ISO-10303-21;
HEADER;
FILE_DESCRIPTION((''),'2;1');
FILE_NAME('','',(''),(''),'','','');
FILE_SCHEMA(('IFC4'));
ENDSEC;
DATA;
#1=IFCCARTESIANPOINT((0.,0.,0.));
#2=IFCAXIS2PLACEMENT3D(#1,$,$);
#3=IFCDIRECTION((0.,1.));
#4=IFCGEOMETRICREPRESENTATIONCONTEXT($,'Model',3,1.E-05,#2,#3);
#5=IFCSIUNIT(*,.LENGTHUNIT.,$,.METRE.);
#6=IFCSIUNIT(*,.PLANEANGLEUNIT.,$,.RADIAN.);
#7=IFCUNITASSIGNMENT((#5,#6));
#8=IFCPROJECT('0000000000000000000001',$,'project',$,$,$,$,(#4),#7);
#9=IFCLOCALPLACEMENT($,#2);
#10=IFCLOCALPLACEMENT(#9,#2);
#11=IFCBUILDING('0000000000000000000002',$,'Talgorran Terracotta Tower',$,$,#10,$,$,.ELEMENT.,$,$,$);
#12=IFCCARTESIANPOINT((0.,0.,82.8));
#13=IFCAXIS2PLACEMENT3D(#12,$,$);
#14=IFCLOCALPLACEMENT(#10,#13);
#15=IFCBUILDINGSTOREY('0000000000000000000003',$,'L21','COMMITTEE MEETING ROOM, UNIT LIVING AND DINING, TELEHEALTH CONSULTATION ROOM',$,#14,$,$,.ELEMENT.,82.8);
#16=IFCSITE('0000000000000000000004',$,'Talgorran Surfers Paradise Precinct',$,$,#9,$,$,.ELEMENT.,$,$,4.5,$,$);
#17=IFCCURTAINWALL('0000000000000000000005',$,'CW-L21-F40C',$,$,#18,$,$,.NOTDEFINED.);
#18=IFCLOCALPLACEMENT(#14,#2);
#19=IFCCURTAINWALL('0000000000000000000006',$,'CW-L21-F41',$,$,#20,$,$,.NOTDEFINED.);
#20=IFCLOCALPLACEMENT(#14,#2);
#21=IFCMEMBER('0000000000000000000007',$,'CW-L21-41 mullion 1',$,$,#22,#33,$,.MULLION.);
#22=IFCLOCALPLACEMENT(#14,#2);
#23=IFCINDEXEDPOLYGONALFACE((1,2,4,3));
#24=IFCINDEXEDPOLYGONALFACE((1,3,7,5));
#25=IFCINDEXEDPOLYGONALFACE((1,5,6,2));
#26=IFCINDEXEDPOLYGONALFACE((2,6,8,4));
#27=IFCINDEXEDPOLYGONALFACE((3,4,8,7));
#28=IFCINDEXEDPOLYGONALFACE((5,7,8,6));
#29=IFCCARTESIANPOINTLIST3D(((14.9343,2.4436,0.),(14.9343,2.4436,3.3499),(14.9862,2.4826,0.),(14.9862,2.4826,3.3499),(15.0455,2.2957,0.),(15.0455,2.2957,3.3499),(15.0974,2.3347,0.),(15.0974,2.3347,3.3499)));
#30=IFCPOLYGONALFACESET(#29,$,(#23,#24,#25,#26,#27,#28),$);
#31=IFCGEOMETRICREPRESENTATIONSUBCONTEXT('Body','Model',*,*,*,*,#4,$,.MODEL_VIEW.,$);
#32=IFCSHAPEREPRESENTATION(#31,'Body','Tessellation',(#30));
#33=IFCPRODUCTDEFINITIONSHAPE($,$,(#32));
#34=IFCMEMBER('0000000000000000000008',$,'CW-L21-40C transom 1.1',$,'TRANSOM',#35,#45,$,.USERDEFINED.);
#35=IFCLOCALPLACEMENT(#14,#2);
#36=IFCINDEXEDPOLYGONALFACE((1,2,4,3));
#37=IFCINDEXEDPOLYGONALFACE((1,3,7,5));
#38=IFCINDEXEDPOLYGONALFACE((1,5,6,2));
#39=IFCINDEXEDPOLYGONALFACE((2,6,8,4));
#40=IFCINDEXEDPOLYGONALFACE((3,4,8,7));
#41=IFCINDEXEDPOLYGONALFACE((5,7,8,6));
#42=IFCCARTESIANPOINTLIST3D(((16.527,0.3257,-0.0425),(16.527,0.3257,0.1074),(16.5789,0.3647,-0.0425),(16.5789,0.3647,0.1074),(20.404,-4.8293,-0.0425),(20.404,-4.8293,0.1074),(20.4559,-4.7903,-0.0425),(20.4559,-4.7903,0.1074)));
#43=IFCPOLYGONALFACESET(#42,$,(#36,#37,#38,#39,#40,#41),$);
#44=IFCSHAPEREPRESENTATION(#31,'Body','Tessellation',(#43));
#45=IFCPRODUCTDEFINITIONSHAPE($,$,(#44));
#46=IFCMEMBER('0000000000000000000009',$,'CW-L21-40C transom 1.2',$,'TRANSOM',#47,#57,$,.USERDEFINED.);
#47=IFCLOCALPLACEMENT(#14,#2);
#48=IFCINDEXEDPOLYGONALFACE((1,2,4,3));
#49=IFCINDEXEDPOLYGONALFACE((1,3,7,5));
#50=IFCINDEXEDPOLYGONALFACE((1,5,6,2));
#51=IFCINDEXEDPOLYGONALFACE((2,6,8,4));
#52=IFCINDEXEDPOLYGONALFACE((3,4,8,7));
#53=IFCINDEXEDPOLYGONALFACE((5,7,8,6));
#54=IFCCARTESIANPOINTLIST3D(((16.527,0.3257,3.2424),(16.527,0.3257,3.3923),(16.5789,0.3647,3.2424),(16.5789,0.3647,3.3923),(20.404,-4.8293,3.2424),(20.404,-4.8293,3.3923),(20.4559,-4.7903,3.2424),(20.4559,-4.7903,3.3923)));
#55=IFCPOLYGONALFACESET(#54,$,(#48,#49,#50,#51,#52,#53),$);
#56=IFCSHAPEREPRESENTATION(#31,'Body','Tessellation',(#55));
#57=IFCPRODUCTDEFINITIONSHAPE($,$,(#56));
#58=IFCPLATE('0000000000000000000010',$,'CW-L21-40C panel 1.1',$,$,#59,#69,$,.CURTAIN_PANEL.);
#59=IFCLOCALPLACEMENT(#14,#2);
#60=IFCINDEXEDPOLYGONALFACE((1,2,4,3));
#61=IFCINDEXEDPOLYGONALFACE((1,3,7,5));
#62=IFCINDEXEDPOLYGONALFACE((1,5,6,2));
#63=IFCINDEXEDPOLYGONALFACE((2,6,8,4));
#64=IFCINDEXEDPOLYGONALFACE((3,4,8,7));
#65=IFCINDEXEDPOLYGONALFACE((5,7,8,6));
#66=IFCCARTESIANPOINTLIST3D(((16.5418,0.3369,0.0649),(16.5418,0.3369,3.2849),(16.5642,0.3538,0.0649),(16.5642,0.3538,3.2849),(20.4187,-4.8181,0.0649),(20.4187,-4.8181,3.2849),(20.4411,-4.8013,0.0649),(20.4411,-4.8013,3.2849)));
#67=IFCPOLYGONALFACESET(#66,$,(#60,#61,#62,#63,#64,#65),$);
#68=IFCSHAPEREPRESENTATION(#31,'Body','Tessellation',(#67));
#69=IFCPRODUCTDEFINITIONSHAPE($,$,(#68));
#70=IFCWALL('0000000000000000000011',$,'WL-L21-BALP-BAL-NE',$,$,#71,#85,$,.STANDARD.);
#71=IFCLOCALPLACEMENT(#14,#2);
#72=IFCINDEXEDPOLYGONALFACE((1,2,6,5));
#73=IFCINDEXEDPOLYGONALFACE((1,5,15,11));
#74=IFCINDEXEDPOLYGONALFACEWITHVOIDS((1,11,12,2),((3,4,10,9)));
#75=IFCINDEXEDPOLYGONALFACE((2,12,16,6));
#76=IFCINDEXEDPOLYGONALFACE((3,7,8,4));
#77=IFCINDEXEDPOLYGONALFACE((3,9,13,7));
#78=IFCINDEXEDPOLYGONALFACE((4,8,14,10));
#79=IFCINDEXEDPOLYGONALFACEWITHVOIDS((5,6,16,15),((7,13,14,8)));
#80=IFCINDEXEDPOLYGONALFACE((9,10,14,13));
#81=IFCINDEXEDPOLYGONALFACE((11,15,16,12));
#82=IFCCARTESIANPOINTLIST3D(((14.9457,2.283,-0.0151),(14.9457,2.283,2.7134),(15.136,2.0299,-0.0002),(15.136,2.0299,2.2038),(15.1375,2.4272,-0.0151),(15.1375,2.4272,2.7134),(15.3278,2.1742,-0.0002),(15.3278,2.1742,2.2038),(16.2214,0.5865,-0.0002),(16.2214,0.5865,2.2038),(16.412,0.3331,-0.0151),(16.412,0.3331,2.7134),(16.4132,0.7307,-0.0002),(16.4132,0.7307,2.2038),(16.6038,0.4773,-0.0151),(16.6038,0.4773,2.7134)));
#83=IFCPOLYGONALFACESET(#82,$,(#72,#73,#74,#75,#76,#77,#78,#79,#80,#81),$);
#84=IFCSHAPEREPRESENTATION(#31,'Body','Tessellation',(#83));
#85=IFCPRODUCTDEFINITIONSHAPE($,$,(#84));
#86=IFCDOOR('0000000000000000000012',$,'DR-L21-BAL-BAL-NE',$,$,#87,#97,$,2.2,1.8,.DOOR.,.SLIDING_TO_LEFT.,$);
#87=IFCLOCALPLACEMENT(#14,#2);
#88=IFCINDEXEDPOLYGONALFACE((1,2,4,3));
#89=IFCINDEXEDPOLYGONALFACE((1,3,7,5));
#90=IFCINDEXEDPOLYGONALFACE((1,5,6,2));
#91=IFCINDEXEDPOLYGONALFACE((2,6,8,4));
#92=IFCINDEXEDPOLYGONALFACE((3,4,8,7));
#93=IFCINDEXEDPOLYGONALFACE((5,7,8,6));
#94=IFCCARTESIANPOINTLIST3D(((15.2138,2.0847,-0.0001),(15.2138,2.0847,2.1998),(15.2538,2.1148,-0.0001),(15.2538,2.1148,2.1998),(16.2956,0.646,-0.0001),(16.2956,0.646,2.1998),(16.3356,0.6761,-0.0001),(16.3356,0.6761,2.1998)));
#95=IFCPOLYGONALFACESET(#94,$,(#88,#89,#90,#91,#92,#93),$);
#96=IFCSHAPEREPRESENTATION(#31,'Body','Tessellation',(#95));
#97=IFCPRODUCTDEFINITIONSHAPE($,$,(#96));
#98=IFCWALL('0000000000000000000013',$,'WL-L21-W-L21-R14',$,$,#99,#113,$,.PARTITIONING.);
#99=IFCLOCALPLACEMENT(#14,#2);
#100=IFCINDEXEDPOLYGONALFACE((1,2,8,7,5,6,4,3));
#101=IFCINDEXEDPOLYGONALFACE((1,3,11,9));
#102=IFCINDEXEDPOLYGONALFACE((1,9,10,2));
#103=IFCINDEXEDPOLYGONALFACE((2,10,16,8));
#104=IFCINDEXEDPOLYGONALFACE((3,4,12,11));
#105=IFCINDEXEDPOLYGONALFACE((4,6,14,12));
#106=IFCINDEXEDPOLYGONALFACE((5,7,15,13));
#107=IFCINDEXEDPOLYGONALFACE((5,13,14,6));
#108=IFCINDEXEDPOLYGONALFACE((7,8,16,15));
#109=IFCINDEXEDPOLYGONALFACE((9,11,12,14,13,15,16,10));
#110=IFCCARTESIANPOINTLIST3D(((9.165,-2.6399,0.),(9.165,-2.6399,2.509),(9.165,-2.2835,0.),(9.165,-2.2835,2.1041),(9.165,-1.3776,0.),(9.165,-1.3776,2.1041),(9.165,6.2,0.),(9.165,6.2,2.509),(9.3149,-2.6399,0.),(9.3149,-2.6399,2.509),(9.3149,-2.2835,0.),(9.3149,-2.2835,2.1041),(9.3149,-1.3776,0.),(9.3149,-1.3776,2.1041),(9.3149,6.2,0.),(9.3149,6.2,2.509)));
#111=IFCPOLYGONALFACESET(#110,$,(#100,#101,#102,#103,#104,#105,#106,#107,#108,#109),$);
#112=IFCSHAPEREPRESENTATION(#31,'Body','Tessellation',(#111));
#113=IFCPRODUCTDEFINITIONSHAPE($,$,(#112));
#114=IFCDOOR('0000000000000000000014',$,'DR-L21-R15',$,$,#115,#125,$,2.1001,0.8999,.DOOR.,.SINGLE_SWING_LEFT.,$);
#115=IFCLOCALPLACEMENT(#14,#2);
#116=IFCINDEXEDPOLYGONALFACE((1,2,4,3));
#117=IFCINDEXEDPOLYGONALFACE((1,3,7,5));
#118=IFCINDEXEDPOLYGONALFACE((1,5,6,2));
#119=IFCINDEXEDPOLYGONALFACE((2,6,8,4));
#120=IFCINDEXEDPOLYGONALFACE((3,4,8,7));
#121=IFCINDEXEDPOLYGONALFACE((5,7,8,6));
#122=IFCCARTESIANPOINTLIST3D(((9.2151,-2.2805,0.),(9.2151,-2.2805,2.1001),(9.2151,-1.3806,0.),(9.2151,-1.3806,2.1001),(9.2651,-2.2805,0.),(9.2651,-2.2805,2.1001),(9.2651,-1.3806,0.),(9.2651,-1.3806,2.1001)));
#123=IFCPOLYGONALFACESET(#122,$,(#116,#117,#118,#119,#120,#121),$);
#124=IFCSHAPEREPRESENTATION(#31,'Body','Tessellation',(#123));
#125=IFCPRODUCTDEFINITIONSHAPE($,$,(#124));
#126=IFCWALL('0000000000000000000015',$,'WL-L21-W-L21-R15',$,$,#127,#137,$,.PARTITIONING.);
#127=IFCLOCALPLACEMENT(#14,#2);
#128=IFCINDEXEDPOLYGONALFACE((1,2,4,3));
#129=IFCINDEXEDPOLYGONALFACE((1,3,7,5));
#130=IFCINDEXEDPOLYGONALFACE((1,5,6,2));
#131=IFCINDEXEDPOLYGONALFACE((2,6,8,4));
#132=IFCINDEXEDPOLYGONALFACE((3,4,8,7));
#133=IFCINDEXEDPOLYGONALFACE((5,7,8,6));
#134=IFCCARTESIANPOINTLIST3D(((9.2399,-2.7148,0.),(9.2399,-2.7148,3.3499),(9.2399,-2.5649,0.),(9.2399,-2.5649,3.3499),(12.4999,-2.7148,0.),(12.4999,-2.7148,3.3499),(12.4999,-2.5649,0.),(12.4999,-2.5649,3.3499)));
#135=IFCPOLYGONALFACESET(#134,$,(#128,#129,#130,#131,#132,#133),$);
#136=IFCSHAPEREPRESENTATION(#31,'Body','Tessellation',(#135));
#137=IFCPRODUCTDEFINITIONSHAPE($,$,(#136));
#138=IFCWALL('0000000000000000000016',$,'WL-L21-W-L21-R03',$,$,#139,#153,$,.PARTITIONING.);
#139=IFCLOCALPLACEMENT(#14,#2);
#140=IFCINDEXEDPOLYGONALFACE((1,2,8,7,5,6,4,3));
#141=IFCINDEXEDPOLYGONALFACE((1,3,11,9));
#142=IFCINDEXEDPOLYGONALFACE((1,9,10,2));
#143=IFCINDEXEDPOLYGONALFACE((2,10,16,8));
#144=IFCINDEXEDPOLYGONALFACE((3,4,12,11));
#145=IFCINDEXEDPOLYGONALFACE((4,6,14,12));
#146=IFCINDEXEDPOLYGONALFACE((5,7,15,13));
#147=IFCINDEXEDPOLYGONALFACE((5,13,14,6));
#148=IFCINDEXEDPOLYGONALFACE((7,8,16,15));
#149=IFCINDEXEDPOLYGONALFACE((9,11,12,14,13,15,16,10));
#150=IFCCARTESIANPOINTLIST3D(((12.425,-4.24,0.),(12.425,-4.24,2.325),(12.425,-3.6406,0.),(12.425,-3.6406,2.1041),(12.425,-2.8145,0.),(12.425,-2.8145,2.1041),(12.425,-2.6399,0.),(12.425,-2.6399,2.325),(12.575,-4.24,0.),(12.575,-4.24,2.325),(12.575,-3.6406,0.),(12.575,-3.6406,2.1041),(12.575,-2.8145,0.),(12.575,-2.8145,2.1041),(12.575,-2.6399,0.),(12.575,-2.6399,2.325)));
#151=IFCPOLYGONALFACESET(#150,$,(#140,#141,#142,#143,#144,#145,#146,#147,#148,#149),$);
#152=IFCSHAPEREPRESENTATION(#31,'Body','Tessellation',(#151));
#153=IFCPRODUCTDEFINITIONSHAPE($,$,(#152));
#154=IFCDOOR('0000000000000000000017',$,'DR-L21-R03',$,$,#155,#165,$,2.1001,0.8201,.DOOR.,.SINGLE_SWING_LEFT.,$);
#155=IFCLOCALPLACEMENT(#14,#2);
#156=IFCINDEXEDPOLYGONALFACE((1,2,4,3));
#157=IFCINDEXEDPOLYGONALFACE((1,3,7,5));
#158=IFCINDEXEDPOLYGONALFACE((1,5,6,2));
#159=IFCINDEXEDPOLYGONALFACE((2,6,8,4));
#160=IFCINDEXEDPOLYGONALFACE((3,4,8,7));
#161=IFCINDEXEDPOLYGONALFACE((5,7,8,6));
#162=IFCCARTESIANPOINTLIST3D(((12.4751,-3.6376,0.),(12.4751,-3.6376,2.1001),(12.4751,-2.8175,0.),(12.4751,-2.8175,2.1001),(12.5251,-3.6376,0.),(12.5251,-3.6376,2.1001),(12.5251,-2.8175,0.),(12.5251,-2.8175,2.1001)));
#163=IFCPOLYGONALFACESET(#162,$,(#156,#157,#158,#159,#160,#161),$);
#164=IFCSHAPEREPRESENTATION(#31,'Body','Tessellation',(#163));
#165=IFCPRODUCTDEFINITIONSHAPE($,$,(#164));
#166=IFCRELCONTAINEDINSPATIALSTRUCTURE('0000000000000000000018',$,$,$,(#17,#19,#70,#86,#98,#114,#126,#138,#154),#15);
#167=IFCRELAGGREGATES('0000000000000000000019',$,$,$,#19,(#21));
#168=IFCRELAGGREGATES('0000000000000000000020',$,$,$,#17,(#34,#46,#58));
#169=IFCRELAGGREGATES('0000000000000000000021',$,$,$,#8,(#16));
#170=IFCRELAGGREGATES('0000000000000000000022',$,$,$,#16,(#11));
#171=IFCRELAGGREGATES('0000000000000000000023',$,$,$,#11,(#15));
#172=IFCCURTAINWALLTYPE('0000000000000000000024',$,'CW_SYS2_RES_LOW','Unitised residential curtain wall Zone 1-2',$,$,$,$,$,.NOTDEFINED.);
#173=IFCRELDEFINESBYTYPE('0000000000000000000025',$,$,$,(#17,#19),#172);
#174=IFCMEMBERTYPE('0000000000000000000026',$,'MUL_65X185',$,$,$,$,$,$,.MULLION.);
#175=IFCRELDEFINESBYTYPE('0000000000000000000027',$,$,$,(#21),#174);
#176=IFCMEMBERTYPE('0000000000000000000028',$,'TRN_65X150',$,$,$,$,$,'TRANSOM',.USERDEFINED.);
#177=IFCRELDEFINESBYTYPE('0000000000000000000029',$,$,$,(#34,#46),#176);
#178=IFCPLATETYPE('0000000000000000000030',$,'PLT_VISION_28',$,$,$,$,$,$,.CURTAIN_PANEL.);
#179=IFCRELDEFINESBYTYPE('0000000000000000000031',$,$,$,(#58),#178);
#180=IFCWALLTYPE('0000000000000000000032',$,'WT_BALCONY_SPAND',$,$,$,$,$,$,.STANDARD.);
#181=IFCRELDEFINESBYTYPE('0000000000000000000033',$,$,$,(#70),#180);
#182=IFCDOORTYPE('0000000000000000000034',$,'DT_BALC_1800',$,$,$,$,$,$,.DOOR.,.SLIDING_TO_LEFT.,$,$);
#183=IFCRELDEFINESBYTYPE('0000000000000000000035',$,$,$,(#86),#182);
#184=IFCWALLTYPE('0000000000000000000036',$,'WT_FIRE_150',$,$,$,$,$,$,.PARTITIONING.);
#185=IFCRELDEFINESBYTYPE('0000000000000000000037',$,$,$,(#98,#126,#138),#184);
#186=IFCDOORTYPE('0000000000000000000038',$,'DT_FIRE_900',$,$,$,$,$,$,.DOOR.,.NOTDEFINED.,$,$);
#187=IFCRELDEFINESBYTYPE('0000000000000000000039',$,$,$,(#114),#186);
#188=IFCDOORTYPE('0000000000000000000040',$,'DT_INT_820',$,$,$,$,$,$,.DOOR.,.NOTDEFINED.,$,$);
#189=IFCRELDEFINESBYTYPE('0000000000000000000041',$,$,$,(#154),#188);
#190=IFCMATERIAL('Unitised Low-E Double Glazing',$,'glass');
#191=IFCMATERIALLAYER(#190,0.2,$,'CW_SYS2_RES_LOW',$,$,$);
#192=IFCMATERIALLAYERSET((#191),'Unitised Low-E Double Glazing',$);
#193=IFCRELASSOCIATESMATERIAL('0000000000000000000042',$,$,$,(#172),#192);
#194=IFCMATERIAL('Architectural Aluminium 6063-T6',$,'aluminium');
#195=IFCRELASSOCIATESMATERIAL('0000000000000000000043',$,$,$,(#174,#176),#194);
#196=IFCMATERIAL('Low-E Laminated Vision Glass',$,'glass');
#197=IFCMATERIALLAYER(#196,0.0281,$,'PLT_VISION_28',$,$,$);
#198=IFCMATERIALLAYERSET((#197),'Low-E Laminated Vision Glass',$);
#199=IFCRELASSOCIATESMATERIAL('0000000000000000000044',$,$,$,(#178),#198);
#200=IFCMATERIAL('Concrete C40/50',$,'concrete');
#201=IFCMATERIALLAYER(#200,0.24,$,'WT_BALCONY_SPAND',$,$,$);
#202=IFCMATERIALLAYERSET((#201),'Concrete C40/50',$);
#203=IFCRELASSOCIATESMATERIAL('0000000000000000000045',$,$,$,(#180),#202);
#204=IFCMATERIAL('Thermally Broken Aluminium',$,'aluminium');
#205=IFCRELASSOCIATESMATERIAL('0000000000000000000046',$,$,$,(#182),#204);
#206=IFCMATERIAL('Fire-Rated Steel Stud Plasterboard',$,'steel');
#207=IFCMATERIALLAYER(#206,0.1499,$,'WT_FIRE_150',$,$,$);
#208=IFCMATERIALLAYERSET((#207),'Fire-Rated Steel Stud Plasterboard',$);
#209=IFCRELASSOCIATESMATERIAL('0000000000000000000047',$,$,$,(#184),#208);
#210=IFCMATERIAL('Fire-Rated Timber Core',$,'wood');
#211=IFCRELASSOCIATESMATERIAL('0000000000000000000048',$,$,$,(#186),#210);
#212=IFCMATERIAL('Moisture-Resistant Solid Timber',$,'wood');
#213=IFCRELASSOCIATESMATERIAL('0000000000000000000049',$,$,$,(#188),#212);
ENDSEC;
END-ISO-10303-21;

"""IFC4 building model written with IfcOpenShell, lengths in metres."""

from ifc_helpers import new_model, si_unit, direction, frame, frame_2d, origin, origin_2d, place, context, subcontext, project, spatial, rectangle, extrude, source, transform, mapped, material, layer, layer_set, material_profile, profile_set, type_object, type_shapes, element, fill, aggregate, save


model = new_model("IFC4")

# Units and contexts
model_context = context("Model", 3, precision=1e-05, world=origin(), true_north=direction((0.0, 1.0)))
body_context = subcontext(model_context, "Body", "Model", "MODEL_VIEW")
ifc_project = project(units=[si_unit("LENGTHUNIT", "METRE"), si_unit("PLANEANGLEUNIT", "RADIAN")], contexts=[model_context])

# Site, building, storey
site_placement = place(None, origin())
site = spatial("IfcSite", under=ifc_project, at=site_placement, Name="Talgorran Surfers Paradise Precinct", CompositionType="ELEMENT", RefElevation=4.5)
building_placement = place(site_placement, origin())
building = spatial("IfcBuilding", under=site, at=building_placement, Name="Talgorran Terracotta Tower", CompositionType="ELEMENT")
storey_placement = place(building_placement, frame((0.0, 0.0, 82.8)))
storey = spatial("IfcBuildingStorey", under=building, at=storey_placement, Name="L21", Description="COMMITTEE MEETING ROOM, UNIT LIVING AND DINING, TELEHEALTH CONSULTATION ROOM", CompositionType="ELEMENT", Elevation=82.8)

# Shared definitions
ifc_material_1 = material(Name="Unitised Low-E Double Glazing", Category="glass")
ifc_layer_1 = layer(ifc_material_1, 0.2, Name="CW_SYS2_RES_LOW")
ifc_layer_set_1 = layer_set([ifc_layer_1], Name="Unitised Low-E Double Glazing")
curtain_wall_type = type_object("IfcCurtainWallType", Name="CW_SYS2_RES_LOW", Description="Unitised residential curtain wall Zone 1-2", PredefinedType="NOTDEFINED", material=ifc_layer_set_1)
ifc_material_2 = material(Name="Architectural Aluminium 6063-T6", Category="aluminium")
ifc_material_profile_1 = material_profile(ifc_material_2, rectangle(XDim=0.0649, YDim=0.1851, at=origin_2d()), Name="CWM65X185")
ifc_profile_set_1 = profile_set([ifc_material_profile_1], Name="Architectural Aluminium 6063-T6")
member_type_1 = type_object("IfcMemberType", Name="MUL_65X185", PredefinedType="MULLION", material=ifc_profile_set_1)

# Curtain wall
curtain_wall_1_placement = place(storey_placement, origin())
curtain_wall_1 = element("IfcCurtainWall", 1, at=curtain_wall_1_placement, inside=storey, type_object=curtain_wall_type, Name="CW-L21-F40C", PredefinedType="NOTDEFINED")

# Curtain wall, member
curtain_wall_2_placement = place(storey_placement, origin())
curtain_wall_2 = element("IfcCurtainWall", 2, at=curtain_wall_2_placement, inside=storey, type_object=curtain_wall_type, Name="CW-L21-F41", PredefinedType="NOTDEFINED")
member_1_placement = place(storey_placement, frame((15.0159, 2.3892, 0.0), z_axis=(0.0, 0.0, 1.0), x_axis=(-0.799213, -0.601048, 0.0)))
member_1 = element("IfcMember", 3, at=member_1_placement, type_object=member_type_1, Name="CW-L21-41 mullion 1", PredefinedType="MULLION", context=body_context, shape_type="SweptSolid", body=[
    extrude(rectangle(XDim=0.0649, YDim=0.1851, at=origin_2d()), origin(), (0.0, 0.0, 1.0), 3.3499),
])
aggregate(curtain_wall_2, [member_1])

# Members
ifc_material_profile_2 = material_profile(ifc_material_2, rectangle(XDim=0.0649, YDim=0.1499, at=origin_2d()), Name="CWT65X150")
ifc_profile_set_2 = profile_set([ifc_material_profile_2], Name="Architectural Aluminium 6063-T6")
member_type_2 = type_object("IfcMemberType", Name="TRN_65X150", ElementType="TRANSOM", PredefinedType="USERDEFINED", material=ifc_profile_set_2)
member_2_placement = place(storey_placement, frame((20.4299, -4.8098, 0.0325), z_axis=(-0.601059, 0.799204, 0.0), x_axis=(-0.799204, -0.601059, 0.0)))
member_2 = element("IfcMember", 4, at=member_2_placement, type_object=member_type_2, Name="CW-L21-40C transom 1.1", ObjectType="TRANSOM", PredefinedType="USERDEFINED", context=body_context, shape_type="SweptSolid", body=[
    extrude(rectangle(XDim=0.0649, YDim=0.1499, at=origin_2d()), origin(), (0.0, 0.0, 1.0), 6.4502),
])
member_3_placement = place(storey_placement, frame((20.4299, -4.8098, 3.3174), z_axis=(-0.601059, 0.799204, 0.0), x_axis=(-0.799204, -0.601059, 0.0)))
member_3 = element("IfcMember", 5, at=member_3_placement, type_object=member_type_2, Name="CW-L21-40C transom 1.2", ObjectType="TRANSOM", PredefinedType="USERDEFINED", context=body_context, shape_type="SweptSolid", body=[
    extrude(rectangle(XDim=0.0649, YDim=0.1499, at=origin_2d()), origin(), (0.0, 0.0, 1.0), 6.4502),
])

# Plate
ifc_material_3 = material(Name="Low-E Laminated Vision Glass", Category="glass")
ifc_layer_2 = layer(ifc_material_3, 0.0281, Name="PLT_VISION_28")
ifc_layer_set_2 = layer_set([ifc_layer_2], Name="Low-E Laminated Vision Glass")
plate_type = type_object("IfcPlateType", Name="PLT_VISION_28", PredefinedType="CURTAIN_PANEL", material=ifc_layer_set_2)
shared_shape = source(origin(), body_context, "Body", "SweptSolid", [
    extrude(rectangle(XDim=6.4502, YDim=0.0281, at=origin_2d()), origin(), (0.0, 0.0, 1.0), 3.22),
])
type_shapes(plate_type, [shared_shape])
plate_placement = place(storey_placement, frame((18.4915, -2.2322, 0.0649), z_axis=(0.0, 0.0, 1.0), x_axis=(-0.601052, 0.79921, 0.0)))
plate = element("IfcPlate", 6, at=plate_placement, type_object=plate_type, Name="CW-L21-40C panel 1.1", PredefinedType="CURTAIN_PANEL", context=body_context, shape_type="MappedRepresentation", body=[
    mapped(shared_shape, transform((0.0, 0.0, 0.0), scale=1.0)),
])
aggregate(curtain_wall_1, [member_2, member_3, plate])

# Walls, openings, doors
ifc_material_4 = material(Name="Concrete C40/50", Category="concrete")
ifc_layer_3 = layer(ifc_material_4, 0.24, Name="WT_BALCONY_SPAND")
ifc_layer_set_3 = layer_set([ifc_layer_3], Name="Concrete C40/50")
wall_type_1 = type_object("IfcWallType", Name="WT_BALCONY_SPAND", PredefinedType="STANDARD", material=ifc_layer_set_3)
wall_1_placement = place(storey_placement, frame((16.5078, 0.4053, -0.0151), z_axis=(0.0, 0.0, 1.0), x_axis=(-0.601008, 0.799243, 0.0)))
wall_1 = element("IfcWall", 7, at=wall_1_placement, inside=storey, type_object=wall_type_1, Name="WL-L21-BALP-BAL-NE", PredefinedType="STANDARD", context=body_context, shape_type="SweptSolid", body=[
    extrude(rectangle(XDim=2.4397, YDim=0.24, at=frame_2d((1.2197, 0.0))), origin(), (0.0, 0.0, 1.0), 2.7285),
])
opening_1_placement = place(wall_1_placement, frame((0.3201, 0.0, 0.0149)))
opening_1 = element("IfcOpeningElement", 8, at=opening_1_placement, cuts=wall_1, PredefinedType="OPENING", context=body_context, shape_type="SweptSolid", body=[
    extrude(rectangle(XDim=1.806, YDim=2.204, at=frame_2d((0.8999, 1.1021))), frame((0.0, 0.1299, 0.0), z_axis=(0.0, -1.0, 0.0), x_axis=(1.0, 0.0, 0.0)), (0.0, 0.0, 1.0), 0.26),
])
ifc_material_5 = material(Name="Thermally Broken Aluminium", Category="aluminium")
door_type_1 = type_object("IfcDoorType", Name="DT_BALC_1800", OperationType="SLIDING_TO_LEFT", PredefinedType="DOOR", material=ifc_material_5)
door_1_placement = place(opening_1_placement, origin())
door_1 = element("IfcDoor", 9, at=door_1_placement, inside=storey, type_object=door_type_1, Name="DR-L21-BAL-BAL-NE", OperationType="SLIDING_TO_LEFT", OverallHeight=2.2, OverallWidth=1.8, PredefinedType="DOOR", context=body_context, shape_type="SweptSolid", body=[
    extrude(rectangle(XDim=1.8, YDim=2.2, at=frame_2d((0.8999, 1.1001))), frame((0.0, 0.0249, 0.0), z_axis=(0.0, -1.0, 0.0), x_axis=(1.0, 0.0, 0.0)), (0.0, 0.0, 1.0), 0.05),
])
fill(opening_1, door_1)
ifc_material_6 = material(Name="Fire-Rated Steel Stud Plasterboard", Category="steel")
ifc_layer_4 = layer(ifc_material_6, 0.1499, Name="WT_FIRE_150")
ifc_layer_set_4 = layer_set([ifc_layer_4], Name="Fire-Rated Steel Stud Plasterboard")
wall_type_2 = type_object("IfcWallType", Name="WT_FIRE_150", PredefinedType="PARTITIONING", material=ifc_layer_set_4)
wall_2_placement = place(storey_placement, frame((9.24, -2.6399, 0.0), z_axis=(0.0, 0.0, 1.0), x_axis=(0.0, 1.0, 0.0)))
wall_2 = element("IfcWall", 10, at=wall_2_placement, inside=storey, type_object=wall_type_2, Name="WL-L21-W-L21-R14", PredefinedType="PARTITIONING", context=body_context, shape_type="SweptSolid", body=[
    extrude(rectangle(XDim=8.8398, YDim=0.1499, at=frame_2d((4.4199, 0.0))), origin(), (0.0, 0.0, 1.0), 2.509),
])
opening_2_placement = place(wall_2_placement, frame((0.3594, 0.0, 0.0)))
opening_2 = element("IfcOpeningElement", 11, at=opening_2_placement, cuts=wall_2, PredefinedType="OPENING", context=body_context, shape_type="SweptSolid", body=[
    extrude(rectangle(XDim=0.9059, YDim=2.1041, at=frame_2d((0.45, 1.052))), frame((0.0, 0.085, 0.0), z_axis=(0.0, -1.0, 0.0), x_axis=(1.0, 0.0, 0.0)), (0.0, 0.0, 1.0), 0.1699),
])
ifc_material_7 = material(Name="Fire-Rated Timber Core", Category="wood")
door_type_2 = type_object("IfcDoorType", Name="DT_FIRE_900", OperationType="NOTDEFINED", PredefinedType="DOOR", material=ifc_material_7)
door_2_placement = place(opening_2_placement, origin())
door_2 = element("IfcDoor", 12, at=door_2_placement, inside=storey, type_object=door_type_2, Name="DR-L21-R15", OperationType="SINGLE_SWING_LEFT", OverallHeight=2.1001, OverallWidth=0.8999, PredefinedType="DOOR", context=body_context, shape_type="SweptSolid", body=[
    extrude(rectangle(XDim=0.8999, YDim=2.1001, at=frame_2d((0.45, 1.05))), frame((0.0, 0.0249, 0.0), z_axis=(0.0, -1.0, 0.0), x_axis=(1.0, 0.0, 0.0)), (0.0, 0.0, 1.0), 0.05),
])
fill(opening_2, door_2)

# Wall
wall_3_placement = place(storey_placement, frame((9.24, -2.6399, 0.0), z_axis=(0.0, 0.0, 1.0), x_axis=(1.0, 0.0, 0.0)))
element("IfcWall", 13, at=wall_3_placement, inside=storey, type_object=wall_type_2, Name="WL-L21-W-L21-R15", PredefinedType="PARTITIONING", context=body_context, shape_type="SweptSolid", body=[
    extrude(rectangle(XDim=3.26, YDim=0.1499, at=frame_2d((1.6299, 0.0))), origin(), (0.0, 0.0, 1.0), 3.3499),
])

# Wall, opening, door
wall_4_placement = place(storey_placement, frame((12.5, -4.24, 0.0), z_axis=(0.0, 0.0, 1.0), x_axis=(0.0, 1.0, 0.0)))
wall_4 = element("IfcWall", 14, at=wall_4_placement, inside=storey, type_object=wall_type_2, Name="WL-L21-W-L21-R03", PredefinedType="PARTITIONING", context=body_context, shape_type="SweptSolid", body=[
    extrude(rectangle(XDim=1.6001, YDim=0.1499, at=frame_2d((0.8, 0.0))), origin(), (0.0, 0.0, 1.0), 2.325),
])
opening_3_placement = place(wall_4_placement, frame((0.6023, 0.0, 0.0)))
opening_3 = element("IfcOpeningElement", 15, at=opening_3_placement, cuts=wall_4, PredefinedType="OPENING", context=body_context, shape_type="SweptSolid", body=[
    extrude(rectangle(XDim=0.8261, YDim=2.1041, at=frame_2d((0.4102, 1.052))), frame((0.0, 0.085, 0.0), z_axis=(0.0, -1.0, 0.0), x_axis=(1.0, 0.0, 0.0)), (0.0, 0.0, 1.0), 0.1699),
])
ifc_material_8 = material(Name="Moisture-Resistant Solid Timber", Category="wood")
door_type_3 = type_object("IfcDoorType", Name="DT_INT_820", OperationType="NOTDEFINED", PredefinedType="DOOR", material=ifc_material_8)
door_3_placement = place(opening_3_placement, origin())
door_3 = element("IfcDoor", 16, at=door_3_placement, inside=storey, type_object=door_type_3, Name="DR-L21-R03", OperationType="SINGLE_SWING_LEFT", OverallHeight=2.1001, OverallWidth=0.8201, PredefinedType="DOOR", context=body_context, shape_type="SweptSolid", body=[
    extrude(rectangle(XDim=0.8201, YDim=2.1001, at=frame_2d((0.4102, 1.05))), frame((0.0, 0.0249, 0.0), z_axis=(0.0, -1.0, 0.0), x_axis=(1.0, 0.0, 0.0)), (0.0, 0.0, 1.0), 0.05),
])
fill(opening_3, door_3)

save(model, "model.ifc")
